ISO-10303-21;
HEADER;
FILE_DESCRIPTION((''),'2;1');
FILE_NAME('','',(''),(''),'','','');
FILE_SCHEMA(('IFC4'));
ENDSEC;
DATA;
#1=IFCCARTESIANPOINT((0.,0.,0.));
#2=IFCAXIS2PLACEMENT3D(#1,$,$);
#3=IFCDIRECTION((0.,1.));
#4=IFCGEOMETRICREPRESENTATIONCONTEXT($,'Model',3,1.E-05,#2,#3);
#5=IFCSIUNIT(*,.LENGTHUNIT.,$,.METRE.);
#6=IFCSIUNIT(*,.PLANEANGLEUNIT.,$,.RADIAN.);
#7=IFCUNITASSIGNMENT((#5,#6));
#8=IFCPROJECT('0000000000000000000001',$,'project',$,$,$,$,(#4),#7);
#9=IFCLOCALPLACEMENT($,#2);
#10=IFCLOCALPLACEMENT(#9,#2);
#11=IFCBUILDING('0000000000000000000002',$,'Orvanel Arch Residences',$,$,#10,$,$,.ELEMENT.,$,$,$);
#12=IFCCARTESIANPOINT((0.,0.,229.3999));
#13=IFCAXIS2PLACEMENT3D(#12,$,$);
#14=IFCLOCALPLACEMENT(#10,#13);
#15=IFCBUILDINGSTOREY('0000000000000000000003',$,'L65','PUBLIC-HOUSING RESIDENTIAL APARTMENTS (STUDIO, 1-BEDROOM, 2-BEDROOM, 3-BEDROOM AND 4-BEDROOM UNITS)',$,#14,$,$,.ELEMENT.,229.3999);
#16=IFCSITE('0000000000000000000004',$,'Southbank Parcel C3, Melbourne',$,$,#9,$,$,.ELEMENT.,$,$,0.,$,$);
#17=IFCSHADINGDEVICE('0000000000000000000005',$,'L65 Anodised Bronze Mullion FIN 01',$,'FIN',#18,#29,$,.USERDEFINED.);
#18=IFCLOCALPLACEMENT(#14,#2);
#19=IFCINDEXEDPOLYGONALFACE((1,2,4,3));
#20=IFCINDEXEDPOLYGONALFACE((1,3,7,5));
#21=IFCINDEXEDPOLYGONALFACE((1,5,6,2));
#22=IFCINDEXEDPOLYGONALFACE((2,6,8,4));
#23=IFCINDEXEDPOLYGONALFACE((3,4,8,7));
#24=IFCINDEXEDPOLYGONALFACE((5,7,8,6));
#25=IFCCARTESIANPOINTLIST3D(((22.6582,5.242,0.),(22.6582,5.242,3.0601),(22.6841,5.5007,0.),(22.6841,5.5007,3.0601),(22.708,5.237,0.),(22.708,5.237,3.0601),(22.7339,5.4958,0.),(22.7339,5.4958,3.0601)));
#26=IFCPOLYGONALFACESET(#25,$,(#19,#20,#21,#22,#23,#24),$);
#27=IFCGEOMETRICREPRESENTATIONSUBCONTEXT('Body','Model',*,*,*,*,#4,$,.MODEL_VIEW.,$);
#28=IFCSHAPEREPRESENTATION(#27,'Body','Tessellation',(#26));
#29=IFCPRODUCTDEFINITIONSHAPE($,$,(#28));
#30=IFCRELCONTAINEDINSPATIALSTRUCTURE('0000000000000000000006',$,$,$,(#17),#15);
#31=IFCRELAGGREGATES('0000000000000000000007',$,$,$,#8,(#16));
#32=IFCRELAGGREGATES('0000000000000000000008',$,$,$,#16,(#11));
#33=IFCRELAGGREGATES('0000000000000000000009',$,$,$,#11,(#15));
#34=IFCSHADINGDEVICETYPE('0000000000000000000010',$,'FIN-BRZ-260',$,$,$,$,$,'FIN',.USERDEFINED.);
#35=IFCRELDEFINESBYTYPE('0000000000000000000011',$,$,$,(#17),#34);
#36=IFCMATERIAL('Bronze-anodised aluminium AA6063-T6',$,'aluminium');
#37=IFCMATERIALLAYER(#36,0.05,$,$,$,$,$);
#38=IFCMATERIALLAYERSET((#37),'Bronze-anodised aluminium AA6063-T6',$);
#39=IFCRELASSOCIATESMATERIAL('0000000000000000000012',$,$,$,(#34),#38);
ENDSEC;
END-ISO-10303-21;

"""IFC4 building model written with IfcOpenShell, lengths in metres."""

from ifc_helpers import new_model, si_unit, direction, frame, origin, origin_2d, place, context, subcontext, project, spatial, rectangle, extrude, material, layer, layer_set, type_object, element, save


model = new_model("IFC4")

# Units and contexts
model_context = context("Model", 3, precision=1e-05, world=origin(), true_north=direction((0.0, 1.0)))
body_context = subcontext(model_context, "Body", "Model", "MODEL_VIEW")
ifc_project = project(units=[si_unit("LENGTHUNIT", "METRE"), si_unit("PLANEANGLEUNIT", "RADIAN")], contexts=[model_context])

# Site, building, storey
site_placement = place(None, origin())
site = spatial("IfcSite", under=ifc_project, at=site_placement, Name="Southbank Parcel C3, Melbourne", CompositionType="ELEMENT", RefElevation=0.0)
building_placement = place(site_placement, origin())
building = spatial("IfcBuilding", under=site, at=building_placement, Name="Orvanel Arch Residences", CompositionType="ELEMENT")
storey_placement = place(building_placement, frame((0.0, 0.0, 229.3999)))
storey = spatial("IfcBuildingStorey", under=building, at=storey_placement, Name="L65", Description="PUBLIC-HOUSING RESIDENTIAL APARTMENTS (STUDIO, 1-BEDROOM, 2-BEDROOM, 3-BEDROOM AND 4-BEDROOM UNITS)", CompositionType="ELEMENT", Elevation=229.3999)

# Shared definitions
ifc_material_1 = material(Name="Bronze-anodised aluminium AA6063-T6", Category="aluminium")

# Shading device
ifc_layer_1 = layer(ifc_material_1, 0.05)
ifc_layer_set_1 = layer_set([ifc_layer_1], Name="Bronze-anodised aluminium AA6063-T6")
shading_device_type = type_object("IfcShadingDeviceType", Name="FIN-BRZ-260", ElementType="FIN", PredefinedType="USERDEFINED", material=ifc_layer_set_1)
shading_device_placement = place(storey_placement, frame((22.696, 5.3689, 0.0), z_axis=(0.0, 0.0, 1.0), x_axis=(-0.09932, -0.995056, 0.0)))
element("IfcShadingDevice", 1, at=shading_device_placement, inside=storey, type_object=shading_device_type, Name="L65 Anodised Bronze Mullion FIN 01", ObjectType="FIN", PredefinedType="USERDEFINED", context=body_context, shape_type="SweptSolid", body=[
    extrude(rectangle(XDim=0.26, YDim=0.05, at=origin_2d()), origin(), (0.0, 0.0, 1.0), 3.0601),
])

save(model, "model.ifc")
